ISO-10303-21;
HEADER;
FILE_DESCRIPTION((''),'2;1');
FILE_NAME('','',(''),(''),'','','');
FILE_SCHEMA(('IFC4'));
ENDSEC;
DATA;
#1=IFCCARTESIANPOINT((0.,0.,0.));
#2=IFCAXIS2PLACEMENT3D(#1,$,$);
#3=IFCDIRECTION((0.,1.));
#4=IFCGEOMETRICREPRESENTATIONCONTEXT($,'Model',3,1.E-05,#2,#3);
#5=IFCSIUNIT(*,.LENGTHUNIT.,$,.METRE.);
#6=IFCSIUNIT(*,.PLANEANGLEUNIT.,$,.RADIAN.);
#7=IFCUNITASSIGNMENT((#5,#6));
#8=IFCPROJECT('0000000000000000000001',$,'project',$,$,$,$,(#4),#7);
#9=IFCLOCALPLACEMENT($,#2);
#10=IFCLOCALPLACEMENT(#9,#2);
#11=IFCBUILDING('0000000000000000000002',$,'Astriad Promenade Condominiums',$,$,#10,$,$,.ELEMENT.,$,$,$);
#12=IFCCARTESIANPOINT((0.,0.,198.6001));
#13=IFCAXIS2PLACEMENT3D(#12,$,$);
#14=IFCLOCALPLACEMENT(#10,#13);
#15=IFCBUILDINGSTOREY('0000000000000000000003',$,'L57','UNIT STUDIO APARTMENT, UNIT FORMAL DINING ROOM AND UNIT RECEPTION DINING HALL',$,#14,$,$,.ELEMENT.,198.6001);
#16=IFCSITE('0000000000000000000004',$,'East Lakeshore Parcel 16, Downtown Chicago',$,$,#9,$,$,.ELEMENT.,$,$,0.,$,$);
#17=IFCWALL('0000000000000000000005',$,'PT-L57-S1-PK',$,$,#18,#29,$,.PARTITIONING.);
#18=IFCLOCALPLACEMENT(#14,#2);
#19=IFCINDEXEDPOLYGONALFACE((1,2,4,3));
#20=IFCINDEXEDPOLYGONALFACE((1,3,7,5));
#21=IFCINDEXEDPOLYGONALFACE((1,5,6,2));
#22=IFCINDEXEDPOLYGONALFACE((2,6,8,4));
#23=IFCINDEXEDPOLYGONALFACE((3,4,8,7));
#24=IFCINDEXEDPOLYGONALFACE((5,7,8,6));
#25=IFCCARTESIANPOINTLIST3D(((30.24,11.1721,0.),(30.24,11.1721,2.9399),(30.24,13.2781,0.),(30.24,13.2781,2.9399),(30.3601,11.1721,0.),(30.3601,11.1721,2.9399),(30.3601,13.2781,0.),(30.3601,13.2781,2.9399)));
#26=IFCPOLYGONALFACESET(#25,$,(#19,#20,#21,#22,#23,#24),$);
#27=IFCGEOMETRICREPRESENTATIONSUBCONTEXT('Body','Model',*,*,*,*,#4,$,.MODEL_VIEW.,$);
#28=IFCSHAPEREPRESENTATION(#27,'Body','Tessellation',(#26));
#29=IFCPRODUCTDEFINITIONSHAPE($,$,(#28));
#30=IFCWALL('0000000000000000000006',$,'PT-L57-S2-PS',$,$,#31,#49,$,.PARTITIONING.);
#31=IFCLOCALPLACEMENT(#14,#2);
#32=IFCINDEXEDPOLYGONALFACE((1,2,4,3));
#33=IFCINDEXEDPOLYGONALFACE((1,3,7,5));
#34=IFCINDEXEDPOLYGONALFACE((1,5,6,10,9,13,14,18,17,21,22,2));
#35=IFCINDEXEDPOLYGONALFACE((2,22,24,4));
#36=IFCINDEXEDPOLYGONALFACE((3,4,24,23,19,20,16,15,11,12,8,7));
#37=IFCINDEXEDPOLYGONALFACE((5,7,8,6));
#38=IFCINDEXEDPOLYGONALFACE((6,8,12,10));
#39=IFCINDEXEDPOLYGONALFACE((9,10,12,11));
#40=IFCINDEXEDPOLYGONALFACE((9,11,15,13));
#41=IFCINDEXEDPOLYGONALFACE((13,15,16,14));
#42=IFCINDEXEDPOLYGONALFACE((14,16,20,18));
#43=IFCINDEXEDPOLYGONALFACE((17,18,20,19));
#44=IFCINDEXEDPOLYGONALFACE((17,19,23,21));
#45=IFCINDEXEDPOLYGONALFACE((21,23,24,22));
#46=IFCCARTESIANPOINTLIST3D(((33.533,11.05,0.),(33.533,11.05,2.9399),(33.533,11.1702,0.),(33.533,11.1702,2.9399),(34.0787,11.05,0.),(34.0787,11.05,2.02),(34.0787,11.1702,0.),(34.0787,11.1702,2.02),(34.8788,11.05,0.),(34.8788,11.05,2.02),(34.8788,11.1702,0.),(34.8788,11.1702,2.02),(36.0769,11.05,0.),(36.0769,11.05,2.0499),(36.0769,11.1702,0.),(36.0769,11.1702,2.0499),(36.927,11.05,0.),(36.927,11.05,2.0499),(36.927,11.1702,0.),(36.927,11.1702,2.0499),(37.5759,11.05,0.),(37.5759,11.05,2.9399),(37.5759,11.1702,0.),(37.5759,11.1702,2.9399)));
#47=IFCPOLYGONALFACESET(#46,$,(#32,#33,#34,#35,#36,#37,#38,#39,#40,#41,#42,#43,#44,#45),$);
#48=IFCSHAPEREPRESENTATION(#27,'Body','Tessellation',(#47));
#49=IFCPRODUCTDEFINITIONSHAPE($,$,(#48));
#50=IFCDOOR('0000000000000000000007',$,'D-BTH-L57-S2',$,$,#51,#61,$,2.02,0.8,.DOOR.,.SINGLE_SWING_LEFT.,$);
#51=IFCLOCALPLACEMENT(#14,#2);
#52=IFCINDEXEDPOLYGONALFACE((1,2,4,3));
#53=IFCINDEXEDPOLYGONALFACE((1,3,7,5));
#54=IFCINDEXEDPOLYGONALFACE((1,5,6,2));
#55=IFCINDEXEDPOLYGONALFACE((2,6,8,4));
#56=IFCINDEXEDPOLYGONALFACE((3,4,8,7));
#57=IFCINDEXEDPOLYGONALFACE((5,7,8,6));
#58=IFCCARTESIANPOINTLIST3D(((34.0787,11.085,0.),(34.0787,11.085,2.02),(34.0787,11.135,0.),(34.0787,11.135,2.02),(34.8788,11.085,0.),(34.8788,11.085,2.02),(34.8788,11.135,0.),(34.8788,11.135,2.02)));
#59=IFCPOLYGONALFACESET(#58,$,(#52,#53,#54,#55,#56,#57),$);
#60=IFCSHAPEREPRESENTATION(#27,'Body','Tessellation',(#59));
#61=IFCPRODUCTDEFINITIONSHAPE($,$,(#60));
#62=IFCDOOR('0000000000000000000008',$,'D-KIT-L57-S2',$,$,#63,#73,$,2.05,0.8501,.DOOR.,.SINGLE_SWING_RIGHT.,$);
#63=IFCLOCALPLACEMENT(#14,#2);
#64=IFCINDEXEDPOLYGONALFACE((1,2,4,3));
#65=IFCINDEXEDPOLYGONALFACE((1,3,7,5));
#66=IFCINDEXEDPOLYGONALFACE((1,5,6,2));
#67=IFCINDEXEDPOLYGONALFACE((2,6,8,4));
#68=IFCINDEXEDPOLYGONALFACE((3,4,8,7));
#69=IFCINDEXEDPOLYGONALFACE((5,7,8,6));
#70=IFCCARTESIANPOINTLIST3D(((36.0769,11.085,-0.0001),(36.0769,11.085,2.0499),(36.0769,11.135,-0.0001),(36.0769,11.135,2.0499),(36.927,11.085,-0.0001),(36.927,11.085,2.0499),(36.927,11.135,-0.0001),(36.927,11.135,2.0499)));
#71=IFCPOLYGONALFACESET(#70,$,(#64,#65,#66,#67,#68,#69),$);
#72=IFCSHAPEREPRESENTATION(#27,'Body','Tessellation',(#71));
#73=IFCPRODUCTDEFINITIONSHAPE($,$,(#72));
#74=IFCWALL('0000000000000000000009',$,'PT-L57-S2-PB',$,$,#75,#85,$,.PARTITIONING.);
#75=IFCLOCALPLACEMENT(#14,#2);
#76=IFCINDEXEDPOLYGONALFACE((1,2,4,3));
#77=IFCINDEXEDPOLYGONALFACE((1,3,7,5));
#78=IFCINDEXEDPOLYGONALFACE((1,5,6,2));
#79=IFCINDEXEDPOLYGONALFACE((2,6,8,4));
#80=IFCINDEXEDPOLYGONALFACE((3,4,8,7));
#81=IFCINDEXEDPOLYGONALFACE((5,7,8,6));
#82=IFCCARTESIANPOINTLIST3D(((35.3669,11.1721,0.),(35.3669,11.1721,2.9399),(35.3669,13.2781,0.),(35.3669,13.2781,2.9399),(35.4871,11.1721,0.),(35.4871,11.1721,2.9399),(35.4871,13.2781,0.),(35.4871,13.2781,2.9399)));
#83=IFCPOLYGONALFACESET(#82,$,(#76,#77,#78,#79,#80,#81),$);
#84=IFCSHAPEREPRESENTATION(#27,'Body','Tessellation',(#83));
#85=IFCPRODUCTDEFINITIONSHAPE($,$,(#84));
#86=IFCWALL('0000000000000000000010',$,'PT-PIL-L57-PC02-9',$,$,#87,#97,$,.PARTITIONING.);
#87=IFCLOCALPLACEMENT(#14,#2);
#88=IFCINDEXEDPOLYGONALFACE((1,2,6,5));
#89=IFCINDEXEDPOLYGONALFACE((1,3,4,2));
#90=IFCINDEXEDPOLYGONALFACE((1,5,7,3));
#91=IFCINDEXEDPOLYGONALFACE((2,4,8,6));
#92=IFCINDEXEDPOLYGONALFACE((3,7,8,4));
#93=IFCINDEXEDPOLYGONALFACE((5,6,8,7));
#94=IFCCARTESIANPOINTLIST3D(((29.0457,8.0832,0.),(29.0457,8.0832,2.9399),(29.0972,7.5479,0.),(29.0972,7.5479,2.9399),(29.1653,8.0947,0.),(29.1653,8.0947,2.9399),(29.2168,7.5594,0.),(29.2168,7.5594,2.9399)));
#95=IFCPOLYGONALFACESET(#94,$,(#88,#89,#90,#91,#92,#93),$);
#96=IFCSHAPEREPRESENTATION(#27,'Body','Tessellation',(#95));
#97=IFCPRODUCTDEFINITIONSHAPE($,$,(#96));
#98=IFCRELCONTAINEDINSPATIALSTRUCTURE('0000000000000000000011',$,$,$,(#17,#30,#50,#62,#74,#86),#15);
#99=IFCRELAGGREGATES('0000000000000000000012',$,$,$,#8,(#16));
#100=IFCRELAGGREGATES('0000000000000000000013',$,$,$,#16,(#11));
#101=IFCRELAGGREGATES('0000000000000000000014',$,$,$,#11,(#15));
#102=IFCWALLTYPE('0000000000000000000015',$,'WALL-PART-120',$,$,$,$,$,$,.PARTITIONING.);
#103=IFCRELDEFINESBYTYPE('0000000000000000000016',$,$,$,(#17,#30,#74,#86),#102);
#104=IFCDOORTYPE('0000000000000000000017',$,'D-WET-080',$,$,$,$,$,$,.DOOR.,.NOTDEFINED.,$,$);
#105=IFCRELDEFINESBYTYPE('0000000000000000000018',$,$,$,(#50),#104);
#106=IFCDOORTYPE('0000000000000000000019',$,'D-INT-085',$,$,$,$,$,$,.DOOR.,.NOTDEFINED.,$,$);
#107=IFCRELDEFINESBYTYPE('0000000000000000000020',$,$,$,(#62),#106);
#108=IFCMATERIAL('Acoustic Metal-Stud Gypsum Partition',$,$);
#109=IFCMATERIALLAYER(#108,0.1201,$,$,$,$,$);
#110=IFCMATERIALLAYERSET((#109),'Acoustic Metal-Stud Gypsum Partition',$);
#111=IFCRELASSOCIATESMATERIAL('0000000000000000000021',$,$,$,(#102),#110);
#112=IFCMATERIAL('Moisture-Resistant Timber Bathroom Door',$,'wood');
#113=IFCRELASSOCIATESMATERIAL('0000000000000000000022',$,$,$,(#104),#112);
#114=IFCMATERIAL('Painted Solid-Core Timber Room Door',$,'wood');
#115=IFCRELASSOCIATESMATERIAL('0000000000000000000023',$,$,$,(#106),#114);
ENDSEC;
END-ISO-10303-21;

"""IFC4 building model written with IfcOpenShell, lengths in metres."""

from ifc_helpers import new_model, si_unit, direction, frame, frame_2d, origin, place, context, subcontext, project, spatial, rectangle, extrude, source, transform, mapped, material, layer, layer_set, type_object, type_shapes, element, fill, save


model = new_model("IFC4")

# Units and contexts
model_context = context("Model", 3, precision=1e-05, world=origin(), true_north=direction((0.0, 1.0)))
body_context = subcontext(model_context, "Body", "Model", "MODEL_VIEW")
ifc_project = project(units=[si_unit("LENGTHUNIT", "METRE"), si_unit("PLANEANGLEUNIT", "RADIAN")], contexts=[model_context])

# Site, building, storey
site_placement = place(None, origin())
site = spatial("IfcSite", under=ifc_project, at=site_placement, Name="East Lakeshore Parcel 16, Downtown Chicago", CompositionType="ELEMENT", RefElevation=0.0)
building_placement = place(site_placement, origin())
building = spatial("IfcBuilding", under=site, at=building_placement, Name="Astriad Promenade Condominiums", CompositionType="ELEMENT")
storey_placement = place(building_placement, frame((0.0, 0.0, 198.6001)))
storey = spatial("IfcBuildingStorey", under=building, at=storey_placement, Name="L57", Description="UNIT STUDIO APARTMENT, UNIT FORMAL DINING ROOM AND UNIT RECEPTION DINING HALL", CompositionType="ELEMENT", Elevation=198.6001)

# Wall
ifc_material_1 = material(Name="Acoustic Metal-Stud Gypsum Partition")
ifc_layer_1 = layer(ifc_material_1, 0.1201)
ifc_layer_set_1 = layer_set([ifc_layer_1], Name="Acoustic Metal-Stud Gypsum Partition")
wall_type_1 = type_object("IfcWallType", Name="WALL-PART-120", PredefinedType="PARTITIONING", material=ifc_layer_set_1)
wall_1_placement = place(storey_placement, frame((30.3, 11.1721, 0.0), z_axis=(0.0, 0.0, 1.0), x_axis=(0.0, 1.0, 0.0)))
element("IfcWall", 1, at=wall_1_placement, inside=storey, type_object=wall_type_1, Name="PT-L57-S1-PK", PredefinedType="PARTITIONING", context=body_context, shape_type="SweptSolid", body=[
    extrude(rectangle(XDim=2.106, YDim=0.1201, at=frame_2d((1.053, 0.0))), origin(), (0.0, 0.0, 1.0), 2.9399),
])

# Wall, openings, doors
wall_2_placement = place(storey_placement, frame((33.533, 11.1101, 0.0), z_axis=(0.0, 0.0, 1.0), x_axis=(1.0, 0.0, 0.0)))
wall_2 = element("IfcWall", 2, at=wall_2_placement, inside=storey, type_object=wall_type_1, Name="PT-L57-S2-PS", PredefinedType="PARTITIONING", context=body_context, shape_type="SweptSolid", body=[
    extrude(rectangle(XDim=4.043, YDim=0.1201, at=frame_2d((2.0215, 0.0))), origin(), (0.0, 0.0, 1.0), 2.9399),
])
opening_1_placement = place(wall_2_placement, frame((0.5459, 0.0, 0.0)))
opening_1 = element("IfcOpeningElement", 3, at=opening_1_placement, cuts=wall_2, PredefinedType="OPENING", context=body_context, shape_type="SweptSolid", body=[
    extrude(rectangle(XDim=0.8, YDim=2.02, at=frame_2d((0.3999, 1.01))), frame((0.0, 0.0701, 0.0), z_axis=(0.0, -1.0, 0.0), x_axis=(1.0, 0.0, 0.0)), (0.0, 0.0, 1.0), 0.1401),
])
opening_2_placement = place(wall_2_placement, frame((2.5439, 0.0, 0.0)))
opening_2 = element("IfcOpeningElement", 4, at=opening_2_placement, cuts=wall_2, PredefinedType="OPENING", context=body_context, shape_type="SweptSolid", body=[
    extrude(rectangle(XDim=0.8501, YDim=2.05, at=frame_2d((0.425, 1.0249))), frame((0.0, 0.0701, 0.0), z_axis=(0.0, -1.0, 0.0), x_axis=(1.0, 0.0, 0.0)), (0.0, 0.0, 1.0), 0.1401),
])
ifc_material_2 = material(Name="Moisture-Resistant Timber Bathroom Door", Category="wood")
door_type_1 = type_object("IfcDoorType", Name="D-WET-080", OperationType="NOTDEFINED", PredefinedType="DOOR", material=ifc_material_2)
shared_shape_1 = source(origin(), body_context, "Body", "SweptSolid", [
    extrude(rectangle(XDim=0.8, YDim=2.02, at=frame_2d((0.3999, 1.01))), frame((0.0, 0.0249, 0.0), z_axis=(0.0, -1.0, 0.0), x_axis=(1.0, 0.0, 0.0)), (0.0, 0.0, 1.0), 0.05),
])
type_shapes(door_type_1, [shared_shape_1])
door_1_placement = place(opening_1_placement, origin())
door_1 = element("IfcDoor", 5, at=door_1_placement, inside=storey, type_object=door_type_1, Name="D-BTH-L57-S2", OperationType="SINGLE_SWING_LEFT", OverallHeight=2.02, OverallWidth=0.8, PredefinedType="DOOR", context=body_context, shape_type="MappedRepresentation", body=[
    mapped(shared_shape_1, transform((0.0, 0.0, 0.0), scale=1.0)),
])
fill(opening_1, door_1)
ifc_material_3 = material(Name="Painted Solid-Core Timber Room Door", Category="wood")
door_type_2 = type_object("IfcDoorType", Name="D-INT-085", OperationType="NOTDEFINED", PredefinedType="DOOR", material=ifc_material_3)
shared_shape_2 = source(origin(), body_context, "Body", "SweptSolid", [
    extrude(rectangle(XDim=0.8501, YDim=2.05, at=frame_2d((0.425, 1.0249))), frame((0.0, 0.0249, 0.0), z_axis=(0.0, -1.0, 0.0), x_axis=(1.0, 0.0, 0.0)), (0.0, 0.0, 1.0), 0.05),
])
type_shapes(door_type_2, [shared_shape_2])
door_2_placement = place(opening_2_placement, origin())
door_2 = element("IfcDoor", 6, at=door_2_placement, inside=storey, type_object=door_type_2, Name="D-KIT-L57-S2", OperationType="SINGLE_SWING_RIGHT", OverallHeight=2.05, OverallWidth=0.8501, PredefinedType="DOOR", context=body_context, shape_type="MappedRepresentation", body=[
    mapped(shared_shape_2, transform((0.0, 0.0, 0.0), scale=1.0)),
])
fill(opening_2, door_2)

# Walls
wall_3_placement = place(storey_placement, frame((35.427, 11.1721, 0.0), z_axis=(0.0, 0.0, 1.0), x_axis=(0.0, 1.0, 0.0)))
element("IfcWall", 7, at=wall_3_placement, inside=storey, type_object=wall_type_1, Name="PT-L57-S2-PB", PredefinedType="PARTITIONING", context=body_context, shape_type="SweptSolid", body=[
    extrude(rectangle(XDim=2.106, YDim=0.1201, at=frame_2d((1.053, 0.0))), origin(), (0.0, 0.0, 1.0), 2.9399),
])
wall_4_placement = place(storey_placement, frame((29.1055, 8.0891, 0.0), z_axis=(0.0, 0.0, 1.0), x_axis=(0.095773, -0.995403, 0.0)))
element("IfcWall", 8, at=wall_4_placement, inside=storey, type_object=wall_type_1, Name="PT-PIL-L57-PC02-9", PredefinedType="PARTITIONING", context=body_context, shape_type="SweptSolid", body=[
    extrude(rectangle(XDim=0.5378, YDim=0.1201, at=frame_2d((0.269, 0.0))), origin(), (0.0, 0.0, 1.0), 2.9399),
])

save(model, "model.ifc")
